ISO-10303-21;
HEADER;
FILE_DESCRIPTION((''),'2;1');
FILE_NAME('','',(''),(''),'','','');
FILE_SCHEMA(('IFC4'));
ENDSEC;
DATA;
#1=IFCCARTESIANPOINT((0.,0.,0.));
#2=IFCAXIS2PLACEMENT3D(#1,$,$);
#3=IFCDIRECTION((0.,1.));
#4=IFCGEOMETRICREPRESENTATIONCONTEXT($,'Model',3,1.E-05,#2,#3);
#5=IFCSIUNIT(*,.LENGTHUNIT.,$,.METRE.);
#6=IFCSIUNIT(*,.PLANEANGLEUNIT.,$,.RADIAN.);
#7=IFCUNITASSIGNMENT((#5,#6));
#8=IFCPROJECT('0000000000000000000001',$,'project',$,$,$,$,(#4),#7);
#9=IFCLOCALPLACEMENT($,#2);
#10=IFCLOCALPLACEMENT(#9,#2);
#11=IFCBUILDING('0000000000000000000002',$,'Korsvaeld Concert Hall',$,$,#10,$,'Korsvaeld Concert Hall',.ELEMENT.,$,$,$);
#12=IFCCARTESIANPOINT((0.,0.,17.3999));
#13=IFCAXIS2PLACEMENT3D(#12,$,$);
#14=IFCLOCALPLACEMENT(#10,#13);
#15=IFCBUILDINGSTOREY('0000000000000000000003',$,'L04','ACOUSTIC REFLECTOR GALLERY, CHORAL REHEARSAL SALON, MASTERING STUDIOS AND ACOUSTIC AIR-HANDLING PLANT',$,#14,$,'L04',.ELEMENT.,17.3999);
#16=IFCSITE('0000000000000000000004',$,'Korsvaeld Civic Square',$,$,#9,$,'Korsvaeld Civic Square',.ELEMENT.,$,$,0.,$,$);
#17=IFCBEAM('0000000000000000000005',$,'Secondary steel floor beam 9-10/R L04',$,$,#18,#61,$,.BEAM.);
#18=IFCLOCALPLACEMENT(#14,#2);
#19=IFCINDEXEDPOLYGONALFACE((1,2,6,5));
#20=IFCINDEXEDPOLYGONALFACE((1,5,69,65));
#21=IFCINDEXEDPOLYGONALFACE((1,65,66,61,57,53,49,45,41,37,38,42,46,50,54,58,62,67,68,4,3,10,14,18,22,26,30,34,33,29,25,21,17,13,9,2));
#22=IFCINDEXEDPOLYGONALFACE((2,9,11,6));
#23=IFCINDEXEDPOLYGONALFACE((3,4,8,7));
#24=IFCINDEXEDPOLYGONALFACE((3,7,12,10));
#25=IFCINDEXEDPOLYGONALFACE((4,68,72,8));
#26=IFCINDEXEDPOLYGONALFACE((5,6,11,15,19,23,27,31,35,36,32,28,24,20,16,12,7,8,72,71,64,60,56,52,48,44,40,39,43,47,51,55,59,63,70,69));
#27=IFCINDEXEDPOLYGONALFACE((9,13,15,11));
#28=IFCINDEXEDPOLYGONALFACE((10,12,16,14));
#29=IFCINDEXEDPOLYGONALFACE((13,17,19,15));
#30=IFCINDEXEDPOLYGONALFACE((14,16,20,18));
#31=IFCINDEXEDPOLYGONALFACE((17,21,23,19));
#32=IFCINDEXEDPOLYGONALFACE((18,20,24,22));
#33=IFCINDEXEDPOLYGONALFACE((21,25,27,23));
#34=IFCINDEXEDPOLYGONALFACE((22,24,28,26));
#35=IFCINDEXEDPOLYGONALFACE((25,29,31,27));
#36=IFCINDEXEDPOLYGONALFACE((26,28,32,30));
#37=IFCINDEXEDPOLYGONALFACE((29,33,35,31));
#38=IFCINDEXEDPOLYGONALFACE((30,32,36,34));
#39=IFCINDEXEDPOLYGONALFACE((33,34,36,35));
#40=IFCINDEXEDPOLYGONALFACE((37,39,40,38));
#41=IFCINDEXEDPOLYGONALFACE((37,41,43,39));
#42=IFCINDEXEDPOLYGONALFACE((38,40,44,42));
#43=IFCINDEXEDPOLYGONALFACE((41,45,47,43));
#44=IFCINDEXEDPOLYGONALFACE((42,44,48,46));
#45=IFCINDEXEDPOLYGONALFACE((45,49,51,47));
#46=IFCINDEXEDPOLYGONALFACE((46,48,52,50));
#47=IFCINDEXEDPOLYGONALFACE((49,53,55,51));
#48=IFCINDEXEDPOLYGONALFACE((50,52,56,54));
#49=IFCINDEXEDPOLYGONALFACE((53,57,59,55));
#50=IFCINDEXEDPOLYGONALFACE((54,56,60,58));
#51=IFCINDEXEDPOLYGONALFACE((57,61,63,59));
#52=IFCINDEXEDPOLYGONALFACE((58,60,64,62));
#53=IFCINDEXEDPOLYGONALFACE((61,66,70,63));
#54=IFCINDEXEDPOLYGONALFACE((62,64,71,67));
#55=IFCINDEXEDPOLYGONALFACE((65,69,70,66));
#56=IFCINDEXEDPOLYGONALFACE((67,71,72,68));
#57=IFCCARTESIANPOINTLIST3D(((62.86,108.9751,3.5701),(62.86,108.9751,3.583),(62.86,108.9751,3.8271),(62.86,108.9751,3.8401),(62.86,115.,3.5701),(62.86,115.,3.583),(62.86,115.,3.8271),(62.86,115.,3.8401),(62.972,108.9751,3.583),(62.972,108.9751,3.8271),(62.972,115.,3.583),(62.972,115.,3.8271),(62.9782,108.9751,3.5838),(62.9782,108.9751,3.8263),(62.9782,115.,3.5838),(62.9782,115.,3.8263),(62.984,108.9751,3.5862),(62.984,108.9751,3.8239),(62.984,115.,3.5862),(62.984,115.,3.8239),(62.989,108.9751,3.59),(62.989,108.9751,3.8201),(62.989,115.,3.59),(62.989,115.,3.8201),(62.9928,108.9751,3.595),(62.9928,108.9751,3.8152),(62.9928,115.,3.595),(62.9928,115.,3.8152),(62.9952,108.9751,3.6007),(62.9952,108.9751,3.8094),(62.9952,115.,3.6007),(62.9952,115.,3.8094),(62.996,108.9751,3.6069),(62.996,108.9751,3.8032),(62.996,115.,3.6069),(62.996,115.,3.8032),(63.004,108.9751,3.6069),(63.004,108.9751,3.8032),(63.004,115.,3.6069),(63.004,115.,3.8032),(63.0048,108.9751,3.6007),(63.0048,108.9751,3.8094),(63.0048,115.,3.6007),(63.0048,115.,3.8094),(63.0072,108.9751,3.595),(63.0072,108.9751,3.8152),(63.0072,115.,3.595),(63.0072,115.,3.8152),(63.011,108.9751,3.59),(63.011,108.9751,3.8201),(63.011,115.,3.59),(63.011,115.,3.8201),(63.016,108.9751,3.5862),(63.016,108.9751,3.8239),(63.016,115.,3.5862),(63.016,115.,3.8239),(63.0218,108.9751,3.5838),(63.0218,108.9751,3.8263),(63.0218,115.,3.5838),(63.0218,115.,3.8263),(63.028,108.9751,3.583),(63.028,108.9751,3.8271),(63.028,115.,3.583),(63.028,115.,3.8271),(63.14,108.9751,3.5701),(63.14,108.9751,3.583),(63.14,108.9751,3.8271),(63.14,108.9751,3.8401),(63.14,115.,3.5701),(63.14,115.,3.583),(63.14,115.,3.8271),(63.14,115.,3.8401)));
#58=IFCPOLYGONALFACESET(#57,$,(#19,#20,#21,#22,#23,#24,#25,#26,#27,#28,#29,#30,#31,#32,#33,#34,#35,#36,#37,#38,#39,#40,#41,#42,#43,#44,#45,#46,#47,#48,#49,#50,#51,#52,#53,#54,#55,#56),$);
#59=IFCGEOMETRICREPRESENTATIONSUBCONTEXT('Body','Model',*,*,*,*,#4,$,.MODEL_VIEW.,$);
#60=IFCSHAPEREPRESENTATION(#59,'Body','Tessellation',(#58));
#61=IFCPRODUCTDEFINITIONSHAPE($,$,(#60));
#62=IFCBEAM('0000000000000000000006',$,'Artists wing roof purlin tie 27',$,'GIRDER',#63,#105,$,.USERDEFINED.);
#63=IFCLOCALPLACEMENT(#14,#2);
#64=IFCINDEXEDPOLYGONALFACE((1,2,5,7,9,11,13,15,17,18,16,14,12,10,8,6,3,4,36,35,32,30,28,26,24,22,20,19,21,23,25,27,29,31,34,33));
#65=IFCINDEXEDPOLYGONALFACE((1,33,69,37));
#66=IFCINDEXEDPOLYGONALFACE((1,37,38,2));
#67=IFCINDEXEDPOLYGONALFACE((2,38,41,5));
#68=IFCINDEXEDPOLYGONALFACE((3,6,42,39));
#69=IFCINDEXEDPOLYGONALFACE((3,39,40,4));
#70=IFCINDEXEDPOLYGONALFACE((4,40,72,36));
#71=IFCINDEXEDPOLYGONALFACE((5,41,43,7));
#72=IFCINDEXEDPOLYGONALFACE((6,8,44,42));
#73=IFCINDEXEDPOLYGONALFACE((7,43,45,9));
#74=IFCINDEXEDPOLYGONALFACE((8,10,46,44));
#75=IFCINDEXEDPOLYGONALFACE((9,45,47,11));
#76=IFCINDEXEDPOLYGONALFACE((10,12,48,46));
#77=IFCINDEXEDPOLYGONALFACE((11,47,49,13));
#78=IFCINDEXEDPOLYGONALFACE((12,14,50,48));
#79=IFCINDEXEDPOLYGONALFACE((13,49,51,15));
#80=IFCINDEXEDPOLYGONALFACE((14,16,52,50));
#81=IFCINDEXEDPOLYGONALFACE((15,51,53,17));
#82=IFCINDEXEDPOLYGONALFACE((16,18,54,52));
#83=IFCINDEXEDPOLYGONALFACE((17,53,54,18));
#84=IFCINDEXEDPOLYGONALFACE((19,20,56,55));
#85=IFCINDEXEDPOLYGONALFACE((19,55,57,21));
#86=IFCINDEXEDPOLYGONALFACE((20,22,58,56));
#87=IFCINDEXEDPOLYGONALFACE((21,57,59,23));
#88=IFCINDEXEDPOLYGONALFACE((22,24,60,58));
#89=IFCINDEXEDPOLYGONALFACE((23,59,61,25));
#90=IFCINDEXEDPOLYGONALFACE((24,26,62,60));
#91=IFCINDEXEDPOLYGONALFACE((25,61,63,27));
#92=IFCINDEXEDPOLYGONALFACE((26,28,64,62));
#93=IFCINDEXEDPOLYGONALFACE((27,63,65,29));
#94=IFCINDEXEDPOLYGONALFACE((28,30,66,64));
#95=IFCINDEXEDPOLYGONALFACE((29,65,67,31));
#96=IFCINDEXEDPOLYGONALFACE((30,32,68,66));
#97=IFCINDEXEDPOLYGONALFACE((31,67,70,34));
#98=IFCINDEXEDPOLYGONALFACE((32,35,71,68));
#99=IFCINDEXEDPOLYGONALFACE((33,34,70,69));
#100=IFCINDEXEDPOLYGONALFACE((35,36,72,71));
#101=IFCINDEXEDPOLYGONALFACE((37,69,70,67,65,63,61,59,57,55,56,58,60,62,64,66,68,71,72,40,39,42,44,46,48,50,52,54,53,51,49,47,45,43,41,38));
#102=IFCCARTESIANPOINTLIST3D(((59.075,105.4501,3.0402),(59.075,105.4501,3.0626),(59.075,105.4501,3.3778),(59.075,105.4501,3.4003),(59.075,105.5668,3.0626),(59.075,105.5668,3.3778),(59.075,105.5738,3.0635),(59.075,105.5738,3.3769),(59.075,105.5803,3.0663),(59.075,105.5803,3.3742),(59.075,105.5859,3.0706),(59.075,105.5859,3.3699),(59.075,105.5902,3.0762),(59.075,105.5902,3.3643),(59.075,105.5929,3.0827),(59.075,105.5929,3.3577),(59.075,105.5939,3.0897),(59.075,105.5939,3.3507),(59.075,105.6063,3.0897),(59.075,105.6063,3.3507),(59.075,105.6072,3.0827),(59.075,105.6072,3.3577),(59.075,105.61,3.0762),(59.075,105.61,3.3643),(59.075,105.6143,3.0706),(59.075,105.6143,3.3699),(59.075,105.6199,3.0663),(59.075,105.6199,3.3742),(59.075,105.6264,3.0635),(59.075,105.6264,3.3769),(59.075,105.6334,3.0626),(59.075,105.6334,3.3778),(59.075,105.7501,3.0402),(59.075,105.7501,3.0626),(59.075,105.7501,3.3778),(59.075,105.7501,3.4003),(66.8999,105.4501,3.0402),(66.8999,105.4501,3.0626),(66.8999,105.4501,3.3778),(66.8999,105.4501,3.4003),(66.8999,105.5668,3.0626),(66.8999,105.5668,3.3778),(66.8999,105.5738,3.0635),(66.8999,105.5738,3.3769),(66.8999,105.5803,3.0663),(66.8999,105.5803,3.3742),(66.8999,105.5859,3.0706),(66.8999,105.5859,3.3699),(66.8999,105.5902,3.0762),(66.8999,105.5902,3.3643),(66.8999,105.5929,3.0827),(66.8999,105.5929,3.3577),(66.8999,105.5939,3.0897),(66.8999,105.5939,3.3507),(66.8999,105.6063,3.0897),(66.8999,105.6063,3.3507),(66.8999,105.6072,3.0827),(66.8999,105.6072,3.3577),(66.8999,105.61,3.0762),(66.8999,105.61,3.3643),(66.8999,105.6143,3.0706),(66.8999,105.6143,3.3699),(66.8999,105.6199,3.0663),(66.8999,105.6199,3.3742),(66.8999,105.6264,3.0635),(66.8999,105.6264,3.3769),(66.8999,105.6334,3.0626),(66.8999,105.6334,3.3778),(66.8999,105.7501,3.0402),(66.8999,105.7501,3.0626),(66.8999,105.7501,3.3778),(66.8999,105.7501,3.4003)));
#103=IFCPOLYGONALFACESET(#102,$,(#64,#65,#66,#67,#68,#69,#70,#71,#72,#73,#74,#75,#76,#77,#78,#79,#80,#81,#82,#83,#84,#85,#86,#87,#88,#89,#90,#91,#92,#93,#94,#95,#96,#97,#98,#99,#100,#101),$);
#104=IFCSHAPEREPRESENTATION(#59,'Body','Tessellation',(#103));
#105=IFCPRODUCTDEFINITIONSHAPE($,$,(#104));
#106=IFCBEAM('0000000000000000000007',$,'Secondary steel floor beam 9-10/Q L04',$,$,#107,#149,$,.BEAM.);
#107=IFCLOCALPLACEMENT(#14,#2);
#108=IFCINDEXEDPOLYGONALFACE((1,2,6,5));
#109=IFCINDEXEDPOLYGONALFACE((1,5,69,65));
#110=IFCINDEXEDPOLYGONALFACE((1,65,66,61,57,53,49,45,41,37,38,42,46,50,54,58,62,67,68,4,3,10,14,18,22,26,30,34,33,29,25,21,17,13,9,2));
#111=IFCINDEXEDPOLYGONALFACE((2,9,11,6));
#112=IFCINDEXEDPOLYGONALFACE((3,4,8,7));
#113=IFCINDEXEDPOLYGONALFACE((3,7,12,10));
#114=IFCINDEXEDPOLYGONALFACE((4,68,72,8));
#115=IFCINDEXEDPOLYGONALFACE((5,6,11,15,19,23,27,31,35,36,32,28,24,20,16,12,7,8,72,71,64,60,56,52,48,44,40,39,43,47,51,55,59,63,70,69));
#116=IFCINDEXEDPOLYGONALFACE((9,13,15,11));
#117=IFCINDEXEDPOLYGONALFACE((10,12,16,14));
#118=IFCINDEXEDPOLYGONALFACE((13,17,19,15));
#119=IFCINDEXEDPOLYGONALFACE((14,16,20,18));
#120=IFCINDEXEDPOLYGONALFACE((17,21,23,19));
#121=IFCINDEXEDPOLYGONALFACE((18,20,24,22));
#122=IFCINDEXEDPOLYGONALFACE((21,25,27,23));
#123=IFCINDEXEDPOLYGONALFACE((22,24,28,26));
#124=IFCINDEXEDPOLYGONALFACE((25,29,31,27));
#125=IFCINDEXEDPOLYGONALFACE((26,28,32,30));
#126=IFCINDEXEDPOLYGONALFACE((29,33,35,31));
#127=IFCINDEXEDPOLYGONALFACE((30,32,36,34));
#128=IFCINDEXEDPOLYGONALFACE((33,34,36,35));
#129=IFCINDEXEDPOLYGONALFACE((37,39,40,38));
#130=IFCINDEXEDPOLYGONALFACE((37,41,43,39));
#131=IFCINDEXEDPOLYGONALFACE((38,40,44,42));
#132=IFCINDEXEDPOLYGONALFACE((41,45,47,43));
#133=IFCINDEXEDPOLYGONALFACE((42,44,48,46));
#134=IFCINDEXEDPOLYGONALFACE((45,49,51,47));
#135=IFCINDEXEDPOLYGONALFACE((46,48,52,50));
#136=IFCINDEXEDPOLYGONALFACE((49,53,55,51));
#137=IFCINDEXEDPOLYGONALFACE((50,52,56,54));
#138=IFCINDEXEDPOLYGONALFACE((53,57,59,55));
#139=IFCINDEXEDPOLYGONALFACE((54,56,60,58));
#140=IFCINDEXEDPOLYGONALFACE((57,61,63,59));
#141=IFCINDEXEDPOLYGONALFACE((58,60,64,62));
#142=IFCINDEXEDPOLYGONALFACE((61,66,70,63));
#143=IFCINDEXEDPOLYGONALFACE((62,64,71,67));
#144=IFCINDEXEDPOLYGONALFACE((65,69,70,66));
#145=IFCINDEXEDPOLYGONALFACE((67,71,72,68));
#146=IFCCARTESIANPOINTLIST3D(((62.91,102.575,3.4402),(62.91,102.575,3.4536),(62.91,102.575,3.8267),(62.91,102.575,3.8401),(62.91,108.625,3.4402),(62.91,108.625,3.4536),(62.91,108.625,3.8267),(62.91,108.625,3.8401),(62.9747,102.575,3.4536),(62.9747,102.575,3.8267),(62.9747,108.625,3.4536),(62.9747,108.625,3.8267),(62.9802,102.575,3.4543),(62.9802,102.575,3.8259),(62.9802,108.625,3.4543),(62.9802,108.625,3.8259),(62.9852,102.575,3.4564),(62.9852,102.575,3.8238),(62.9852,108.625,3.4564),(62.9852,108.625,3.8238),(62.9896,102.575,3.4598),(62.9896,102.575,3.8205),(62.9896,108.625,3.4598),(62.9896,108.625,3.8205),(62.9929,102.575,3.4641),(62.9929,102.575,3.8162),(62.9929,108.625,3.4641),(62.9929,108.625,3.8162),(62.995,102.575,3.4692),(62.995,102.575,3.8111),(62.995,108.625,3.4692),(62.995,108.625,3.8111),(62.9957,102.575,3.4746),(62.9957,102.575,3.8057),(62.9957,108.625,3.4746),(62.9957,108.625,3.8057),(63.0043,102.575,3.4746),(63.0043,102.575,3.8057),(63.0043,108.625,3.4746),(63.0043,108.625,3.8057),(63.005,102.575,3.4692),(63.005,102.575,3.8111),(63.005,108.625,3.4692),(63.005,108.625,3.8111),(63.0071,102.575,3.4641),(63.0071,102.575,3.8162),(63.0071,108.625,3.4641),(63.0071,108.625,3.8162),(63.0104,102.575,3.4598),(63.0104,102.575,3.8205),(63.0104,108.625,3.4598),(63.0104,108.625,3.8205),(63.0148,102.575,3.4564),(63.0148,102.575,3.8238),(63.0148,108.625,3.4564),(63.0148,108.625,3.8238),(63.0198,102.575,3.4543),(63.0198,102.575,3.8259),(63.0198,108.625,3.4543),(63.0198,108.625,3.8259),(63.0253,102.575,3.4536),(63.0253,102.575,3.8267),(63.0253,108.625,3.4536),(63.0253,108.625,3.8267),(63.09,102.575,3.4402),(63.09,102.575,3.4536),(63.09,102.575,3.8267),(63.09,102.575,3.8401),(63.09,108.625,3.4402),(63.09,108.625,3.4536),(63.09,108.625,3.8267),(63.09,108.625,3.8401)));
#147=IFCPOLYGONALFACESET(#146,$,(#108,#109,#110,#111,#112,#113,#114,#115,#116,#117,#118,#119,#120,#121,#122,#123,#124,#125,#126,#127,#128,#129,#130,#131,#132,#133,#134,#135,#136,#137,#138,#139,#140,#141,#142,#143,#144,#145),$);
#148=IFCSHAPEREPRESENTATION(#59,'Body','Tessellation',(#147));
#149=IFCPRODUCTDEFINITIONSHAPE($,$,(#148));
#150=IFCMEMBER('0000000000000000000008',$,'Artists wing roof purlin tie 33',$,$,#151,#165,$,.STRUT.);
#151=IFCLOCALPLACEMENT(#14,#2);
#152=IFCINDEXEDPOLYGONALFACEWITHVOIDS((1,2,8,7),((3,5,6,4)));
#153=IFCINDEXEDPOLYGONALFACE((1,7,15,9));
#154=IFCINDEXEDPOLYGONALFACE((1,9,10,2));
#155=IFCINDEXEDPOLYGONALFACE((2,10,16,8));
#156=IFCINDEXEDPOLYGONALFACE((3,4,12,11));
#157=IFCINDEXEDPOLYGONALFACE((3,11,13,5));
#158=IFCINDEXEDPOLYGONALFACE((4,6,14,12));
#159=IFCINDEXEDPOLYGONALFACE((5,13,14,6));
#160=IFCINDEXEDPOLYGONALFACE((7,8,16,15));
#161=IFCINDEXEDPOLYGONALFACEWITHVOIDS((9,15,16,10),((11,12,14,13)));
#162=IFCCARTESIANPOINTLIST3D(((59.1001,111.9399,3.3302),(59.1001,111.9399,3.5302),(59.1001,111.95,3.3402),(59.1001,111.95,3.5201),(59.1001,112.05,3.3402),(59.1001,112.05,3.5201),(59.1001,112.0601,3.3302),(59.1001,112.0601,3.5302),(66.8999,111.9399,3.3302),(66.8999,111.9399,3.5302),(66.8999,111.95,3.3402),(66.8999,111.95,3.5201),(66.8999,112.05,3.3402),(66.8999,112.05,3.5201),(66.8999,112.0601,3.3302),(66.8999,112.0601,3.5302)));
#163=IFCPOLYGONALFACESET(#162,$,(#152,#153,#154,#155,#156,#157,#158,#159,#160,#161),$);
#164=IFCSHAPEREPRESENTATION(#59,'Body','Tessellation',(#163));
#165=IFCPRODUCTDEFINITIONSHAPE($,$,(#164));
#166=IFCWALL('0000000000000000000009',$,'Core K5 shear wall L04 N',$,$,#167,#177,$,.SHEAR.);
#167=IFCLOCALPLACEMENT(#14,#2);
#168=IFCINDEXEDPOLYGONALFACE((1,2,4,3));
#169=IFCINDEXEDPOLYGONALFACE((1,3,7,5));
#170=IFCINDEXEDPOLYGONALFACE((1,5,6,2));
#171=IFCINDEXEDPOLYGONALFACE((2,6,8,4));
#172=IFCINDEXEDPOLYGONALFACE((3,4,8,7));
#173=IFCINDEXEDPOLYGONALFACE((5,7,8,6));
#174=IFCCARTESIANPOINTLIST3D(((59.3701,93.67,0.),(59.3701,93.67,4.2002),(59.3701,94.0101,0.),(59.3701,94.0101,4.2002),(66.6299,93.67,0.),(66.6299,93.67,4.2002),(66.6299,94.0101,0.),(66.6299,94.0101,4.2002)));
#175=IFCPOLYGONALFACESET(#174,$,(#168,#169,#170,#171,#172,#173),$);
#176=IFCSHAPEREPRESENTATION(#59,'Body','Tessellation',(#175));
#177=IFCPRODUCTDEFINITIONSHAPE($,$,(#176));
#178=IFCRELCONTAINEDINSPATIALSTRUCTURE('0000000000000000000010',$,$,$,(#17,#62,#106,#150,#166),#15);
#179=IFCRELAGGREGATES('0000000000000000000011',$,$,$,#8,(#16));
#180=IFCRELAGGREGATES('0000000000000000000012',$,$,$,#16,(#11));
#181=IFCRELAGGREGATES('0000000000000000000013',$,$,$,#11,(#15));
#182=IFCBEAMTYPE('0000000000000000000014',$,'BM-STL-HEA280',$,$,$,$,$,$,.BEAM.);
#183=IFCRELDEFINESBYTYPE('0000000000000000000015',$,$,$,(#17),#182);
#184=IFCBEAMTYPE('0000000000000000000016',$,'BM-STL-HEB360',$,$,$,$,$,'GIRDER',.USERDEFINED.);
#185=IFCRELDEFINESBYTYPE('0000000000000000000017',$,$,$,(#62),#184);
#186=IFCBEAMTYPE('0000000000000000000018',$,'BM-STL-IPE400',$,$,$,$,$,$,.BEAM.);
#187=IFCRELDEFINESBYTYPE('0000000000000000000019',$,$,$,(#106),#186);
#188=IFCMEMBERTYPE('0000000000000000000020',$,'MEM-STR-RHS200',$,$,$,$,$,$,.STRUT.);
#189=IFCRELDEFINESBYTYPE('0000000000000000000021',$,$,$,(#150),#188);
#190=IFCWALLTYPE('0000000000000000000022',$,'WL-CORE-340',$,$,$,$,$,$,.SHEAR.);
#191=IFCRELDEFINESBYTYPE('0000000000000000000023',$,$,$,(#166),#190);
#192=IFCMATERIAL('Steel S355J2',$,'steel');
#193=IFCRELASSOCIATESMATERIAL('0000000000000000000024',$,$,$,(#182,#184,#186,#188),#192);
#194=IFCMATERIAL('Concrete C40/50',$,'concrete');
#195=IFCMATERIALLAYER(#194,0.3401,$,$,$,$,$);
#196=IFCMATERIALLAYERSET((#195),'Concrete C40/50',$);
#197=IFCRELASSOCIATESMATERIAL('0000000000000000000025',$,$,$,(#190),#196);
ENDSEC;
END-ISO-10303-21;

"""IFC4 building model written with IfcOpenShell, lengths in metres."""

from ifc_helpers import new_model, si_unit, direction, frame, frame_2d, origin, origin_2d, place, context, subcontext, project, spatial, rectangle, hollow_rectangle, i_section, extrude, material, layer, layer_set, material_profile, profile_set, type_object, element, save


model = new_model("IFC4")

# Units and contexts
model_context = context("Model", 3, precision=1e-05, world=origin(), true_north=direction((0.0, 1.0)))
body_context = subcontext(model_context, "Body", "Model", "MODEL_VIEW")
ifc_project = project(units=[si_unit("LENGTHUNIT", "METRE"), si_unit("PLANEANGLEUNIT", "RADIAN")], contexts=[model_context])

# Site, building, storey
site_placement = place(None, origin())
site = spatial("IfcSite", under=ifc_project, at=site_placement, Name="Korsvaeld Civic Square", LongName="Korsvaeld Civic Square", CompositionType="ELEMENT", RefElevation=0.0)
building_placement = place(site_placement, origin())
building = spatial("IfcBuilding", under=site, at=building_placement, Name="Korsvaeld Concert Hall", LongName="Korsvaeld Concert Hall", CompositionType="ELEMENT")
storey_placement = place(building_placement, frame((0.0, 0.0, 17.3999)))
storey = spatial("IfcBuildingStorey", under=building, at=storey_placement, Name="L04", Description="ACOUSTIC REFLECTOR GALLERY, CHORAL REHEARSAL SALON, MASTERING STUDIOS AND ACOUSTIC AIR-HANDLING PLANT", LongName="L04", CompositionType="ELEMENT", Elevation=17.3999)

# Shared definitions
ifc_material_1 = material(Name="Concrete C40/50", Category="concrete")

# Beams
ifc_material_2 = material(Name="Steel S355J2", Category="steel")
ifc_material_profile_1 = material_profile(ifc_material_2, i_section(OverallWidth=0.28, OverallDepth=0.27, WebThickness=0.0081, FlangeThickness=0.0129, FilletRadius=0.0239, at=origin_2d()), Name="HEA 280")
ifc_profile_set_1 = profile_set([ifc_material_profile_1], Name="Steel S355J2")
beam_type_1 = type_object("IfcBeamType", Name="BM-STL-HEA280", PredefinedType="BEAM", material=ifc_profile_set_1)
beam_1_placement = place(storey_placement, frame((63.0, 108.9751, 3.7051), z_axis=(0.0, 1.0, 0.0), x_axis=(-1.0, 0.0, 0.0)))
element("IfcBeam", 1, at=beam_1_placement, inside=storey, type_object=beam_type_1, Name="Secondary steel floor beam 9-10/R L04", PredefinedType="BEAM", context=body_context, shape_type="SweptSolid", body=[
    extrude(i_section(OverallWidth=0.28, OverallDepth=0.27, WebThickness=0.0081, FlangeThickness=0.0129, FilletRadius=0.0239, at=origin_2d()), origin(), (0.0, 0.0, 1.0), 6.0249),
])
ifc_material_profile_2 = material_profile(ifc_material_2, i_section(OverallWidth=0.3, OverallDepth=0.3601, WebThickness=0.0125, FlangeThickness=0.0225, FilletRadius=0.0271, at=origin_2d()), Name="HEB 360")
ifc_profile_set_2 = profile_set([ifc_material_profile_2], Name="Steel S355J2")
beam_type_2 = type_object("IfcBeamType", Name="BM-STL-HEB360", ElementType="GIRDER", PredefinedType="USERDEFINED", material=ifc_profile_set_2)
beam_2_placement = place(storey_placement, frame((59.075, 105.6001, 3.2202), z_axis=(1.0, 0.0, 0.0), x_axis=(0.0, 1.0, 0.0)))
element("IfcBeam", 2, at=beam_2_placement, inside=storey, type_object=beam_type_2, Name="Artists wing roof purlin tie 27", ObjectType="GIRDER", PredefinedType="USERDEFINED", context=body_context, shape_type="SweptSolid", body=[
    extrude(i_section(OverallWidth=0.3, OverallDepth=0.3601, WebThickness=0.0125, FlangeThickness=0.0225, FilletRadius=0.0271, at=origin_2d()), origin(), (0.0, 0.0, 1.0), 7.825),
])
ifc_material_profile_3 = material_profile(ifc_material_2, i_section(OverallWidth=0.1799, OverallDepth=0.3999, WebThickness=0.0085, FlangeThickness=0.0134, FilletRadius=0.021, at=origin_2d()), Name="IPE 400")
ifc_profile_set_3 = profile_set([ifc_material_profile_3], Name="Steel S355J2")
beam_type_3 = type_object("IfcBeamType", Name="BM-STL-IPE400", PredefinedType="BEAM", material=ifc_profile_set_3)
beam_3_placement = place(storey_placement, frame((63.0, 102.575, 3.6401), z_axis=(0.0, 1.0, 0.0), x_axis=(-1.0, 0.0, 0.0)))
element("IfcBeam", 3, at=beam_3_placement, inside=storey, type_object=beam_type_3, Name="Secondary steel floor beam 9-10/Q L04", PredefinedType="BEAM", context=body_context, shape_type="SweptSolid", body=[
    extrude(i_section(OverallWidth=0.1799, OverallDepth=0.3999, WebThickness=0.0085, FlangeThickness=0.0134, FilletRadius=0.021, at=origin_2d()), origin(), (0.0, 0.0, 1.0), 6.05),
])

# Member
ifc_material_profile_4 = material_profile(ifc_material_2, hollow_rectangle(XDim=0.1201, YDim=0.2, WallThickness=0.01, at=origin_2d()), Name="RHS 200x120x10")
ifc_profile_set_4 = profile_set([ifc_material_profile_4], Name="Steel S355J2")
member_type = type_object("IfcMemberType", Name="MEM-STR-RHS200", PredefinedType="STRUT", material=ifc_profile_set_4)
member_placement = place(storey_placement, frame((59.1001, 112.0, 3.4302), z_axis=(1.0, 0.0, 0.0), x_axis=(0.0, 1.0, 0.0)))
element("IfcMember", 4, at=member_placement, inside=storey, type_object=member_type, Name="Artists wing roof purlin tie 33", PredefinedType="STRUT", context=body_context, shape_type="SweptSolid", body=[
    extrude(hollow_rectangle(XDim=0.1201, YDim=0.2, WallThickness=0.01, at=origin_2d()), origin(), (0.0, 0.0, 1.0), 7.7998),
])

# Wall
ifc_layer_1 = layer(ifc_material_1, 0.3401)
ifc_layer_set_1 = layer_set([ifc_layer_1], Name="Concrete C40/50")
wall_type_1 = type_object("IfcWallType", Name="WL-CORE-340", PredefinedType="SHEAR", material=ifc_layer_set_1)
wall_1_placement = place(storey_placement, frame((66.6299, 93.8401, 0.0), z_axis=(0.0, 0.0, 1.0), x_axis=(-1.0, 0.0, 0.0)))
element("IfcWall", 5, at=wall_1_placement, inside=storey, type_object=wall_type_1, Name="Core K5 shear wall L04 N", PredefinedType="SHEAR", context=body_context, shape_type="SweptSolid", body=[
    extrude(rectangle(XDim=7.2598, YDim=0.3401, at=frame_2d((3.6299, 0.0))), origin(), (0.0, 0.0, 1.0), 4.2002),
])

save(model, "model.ifc")
